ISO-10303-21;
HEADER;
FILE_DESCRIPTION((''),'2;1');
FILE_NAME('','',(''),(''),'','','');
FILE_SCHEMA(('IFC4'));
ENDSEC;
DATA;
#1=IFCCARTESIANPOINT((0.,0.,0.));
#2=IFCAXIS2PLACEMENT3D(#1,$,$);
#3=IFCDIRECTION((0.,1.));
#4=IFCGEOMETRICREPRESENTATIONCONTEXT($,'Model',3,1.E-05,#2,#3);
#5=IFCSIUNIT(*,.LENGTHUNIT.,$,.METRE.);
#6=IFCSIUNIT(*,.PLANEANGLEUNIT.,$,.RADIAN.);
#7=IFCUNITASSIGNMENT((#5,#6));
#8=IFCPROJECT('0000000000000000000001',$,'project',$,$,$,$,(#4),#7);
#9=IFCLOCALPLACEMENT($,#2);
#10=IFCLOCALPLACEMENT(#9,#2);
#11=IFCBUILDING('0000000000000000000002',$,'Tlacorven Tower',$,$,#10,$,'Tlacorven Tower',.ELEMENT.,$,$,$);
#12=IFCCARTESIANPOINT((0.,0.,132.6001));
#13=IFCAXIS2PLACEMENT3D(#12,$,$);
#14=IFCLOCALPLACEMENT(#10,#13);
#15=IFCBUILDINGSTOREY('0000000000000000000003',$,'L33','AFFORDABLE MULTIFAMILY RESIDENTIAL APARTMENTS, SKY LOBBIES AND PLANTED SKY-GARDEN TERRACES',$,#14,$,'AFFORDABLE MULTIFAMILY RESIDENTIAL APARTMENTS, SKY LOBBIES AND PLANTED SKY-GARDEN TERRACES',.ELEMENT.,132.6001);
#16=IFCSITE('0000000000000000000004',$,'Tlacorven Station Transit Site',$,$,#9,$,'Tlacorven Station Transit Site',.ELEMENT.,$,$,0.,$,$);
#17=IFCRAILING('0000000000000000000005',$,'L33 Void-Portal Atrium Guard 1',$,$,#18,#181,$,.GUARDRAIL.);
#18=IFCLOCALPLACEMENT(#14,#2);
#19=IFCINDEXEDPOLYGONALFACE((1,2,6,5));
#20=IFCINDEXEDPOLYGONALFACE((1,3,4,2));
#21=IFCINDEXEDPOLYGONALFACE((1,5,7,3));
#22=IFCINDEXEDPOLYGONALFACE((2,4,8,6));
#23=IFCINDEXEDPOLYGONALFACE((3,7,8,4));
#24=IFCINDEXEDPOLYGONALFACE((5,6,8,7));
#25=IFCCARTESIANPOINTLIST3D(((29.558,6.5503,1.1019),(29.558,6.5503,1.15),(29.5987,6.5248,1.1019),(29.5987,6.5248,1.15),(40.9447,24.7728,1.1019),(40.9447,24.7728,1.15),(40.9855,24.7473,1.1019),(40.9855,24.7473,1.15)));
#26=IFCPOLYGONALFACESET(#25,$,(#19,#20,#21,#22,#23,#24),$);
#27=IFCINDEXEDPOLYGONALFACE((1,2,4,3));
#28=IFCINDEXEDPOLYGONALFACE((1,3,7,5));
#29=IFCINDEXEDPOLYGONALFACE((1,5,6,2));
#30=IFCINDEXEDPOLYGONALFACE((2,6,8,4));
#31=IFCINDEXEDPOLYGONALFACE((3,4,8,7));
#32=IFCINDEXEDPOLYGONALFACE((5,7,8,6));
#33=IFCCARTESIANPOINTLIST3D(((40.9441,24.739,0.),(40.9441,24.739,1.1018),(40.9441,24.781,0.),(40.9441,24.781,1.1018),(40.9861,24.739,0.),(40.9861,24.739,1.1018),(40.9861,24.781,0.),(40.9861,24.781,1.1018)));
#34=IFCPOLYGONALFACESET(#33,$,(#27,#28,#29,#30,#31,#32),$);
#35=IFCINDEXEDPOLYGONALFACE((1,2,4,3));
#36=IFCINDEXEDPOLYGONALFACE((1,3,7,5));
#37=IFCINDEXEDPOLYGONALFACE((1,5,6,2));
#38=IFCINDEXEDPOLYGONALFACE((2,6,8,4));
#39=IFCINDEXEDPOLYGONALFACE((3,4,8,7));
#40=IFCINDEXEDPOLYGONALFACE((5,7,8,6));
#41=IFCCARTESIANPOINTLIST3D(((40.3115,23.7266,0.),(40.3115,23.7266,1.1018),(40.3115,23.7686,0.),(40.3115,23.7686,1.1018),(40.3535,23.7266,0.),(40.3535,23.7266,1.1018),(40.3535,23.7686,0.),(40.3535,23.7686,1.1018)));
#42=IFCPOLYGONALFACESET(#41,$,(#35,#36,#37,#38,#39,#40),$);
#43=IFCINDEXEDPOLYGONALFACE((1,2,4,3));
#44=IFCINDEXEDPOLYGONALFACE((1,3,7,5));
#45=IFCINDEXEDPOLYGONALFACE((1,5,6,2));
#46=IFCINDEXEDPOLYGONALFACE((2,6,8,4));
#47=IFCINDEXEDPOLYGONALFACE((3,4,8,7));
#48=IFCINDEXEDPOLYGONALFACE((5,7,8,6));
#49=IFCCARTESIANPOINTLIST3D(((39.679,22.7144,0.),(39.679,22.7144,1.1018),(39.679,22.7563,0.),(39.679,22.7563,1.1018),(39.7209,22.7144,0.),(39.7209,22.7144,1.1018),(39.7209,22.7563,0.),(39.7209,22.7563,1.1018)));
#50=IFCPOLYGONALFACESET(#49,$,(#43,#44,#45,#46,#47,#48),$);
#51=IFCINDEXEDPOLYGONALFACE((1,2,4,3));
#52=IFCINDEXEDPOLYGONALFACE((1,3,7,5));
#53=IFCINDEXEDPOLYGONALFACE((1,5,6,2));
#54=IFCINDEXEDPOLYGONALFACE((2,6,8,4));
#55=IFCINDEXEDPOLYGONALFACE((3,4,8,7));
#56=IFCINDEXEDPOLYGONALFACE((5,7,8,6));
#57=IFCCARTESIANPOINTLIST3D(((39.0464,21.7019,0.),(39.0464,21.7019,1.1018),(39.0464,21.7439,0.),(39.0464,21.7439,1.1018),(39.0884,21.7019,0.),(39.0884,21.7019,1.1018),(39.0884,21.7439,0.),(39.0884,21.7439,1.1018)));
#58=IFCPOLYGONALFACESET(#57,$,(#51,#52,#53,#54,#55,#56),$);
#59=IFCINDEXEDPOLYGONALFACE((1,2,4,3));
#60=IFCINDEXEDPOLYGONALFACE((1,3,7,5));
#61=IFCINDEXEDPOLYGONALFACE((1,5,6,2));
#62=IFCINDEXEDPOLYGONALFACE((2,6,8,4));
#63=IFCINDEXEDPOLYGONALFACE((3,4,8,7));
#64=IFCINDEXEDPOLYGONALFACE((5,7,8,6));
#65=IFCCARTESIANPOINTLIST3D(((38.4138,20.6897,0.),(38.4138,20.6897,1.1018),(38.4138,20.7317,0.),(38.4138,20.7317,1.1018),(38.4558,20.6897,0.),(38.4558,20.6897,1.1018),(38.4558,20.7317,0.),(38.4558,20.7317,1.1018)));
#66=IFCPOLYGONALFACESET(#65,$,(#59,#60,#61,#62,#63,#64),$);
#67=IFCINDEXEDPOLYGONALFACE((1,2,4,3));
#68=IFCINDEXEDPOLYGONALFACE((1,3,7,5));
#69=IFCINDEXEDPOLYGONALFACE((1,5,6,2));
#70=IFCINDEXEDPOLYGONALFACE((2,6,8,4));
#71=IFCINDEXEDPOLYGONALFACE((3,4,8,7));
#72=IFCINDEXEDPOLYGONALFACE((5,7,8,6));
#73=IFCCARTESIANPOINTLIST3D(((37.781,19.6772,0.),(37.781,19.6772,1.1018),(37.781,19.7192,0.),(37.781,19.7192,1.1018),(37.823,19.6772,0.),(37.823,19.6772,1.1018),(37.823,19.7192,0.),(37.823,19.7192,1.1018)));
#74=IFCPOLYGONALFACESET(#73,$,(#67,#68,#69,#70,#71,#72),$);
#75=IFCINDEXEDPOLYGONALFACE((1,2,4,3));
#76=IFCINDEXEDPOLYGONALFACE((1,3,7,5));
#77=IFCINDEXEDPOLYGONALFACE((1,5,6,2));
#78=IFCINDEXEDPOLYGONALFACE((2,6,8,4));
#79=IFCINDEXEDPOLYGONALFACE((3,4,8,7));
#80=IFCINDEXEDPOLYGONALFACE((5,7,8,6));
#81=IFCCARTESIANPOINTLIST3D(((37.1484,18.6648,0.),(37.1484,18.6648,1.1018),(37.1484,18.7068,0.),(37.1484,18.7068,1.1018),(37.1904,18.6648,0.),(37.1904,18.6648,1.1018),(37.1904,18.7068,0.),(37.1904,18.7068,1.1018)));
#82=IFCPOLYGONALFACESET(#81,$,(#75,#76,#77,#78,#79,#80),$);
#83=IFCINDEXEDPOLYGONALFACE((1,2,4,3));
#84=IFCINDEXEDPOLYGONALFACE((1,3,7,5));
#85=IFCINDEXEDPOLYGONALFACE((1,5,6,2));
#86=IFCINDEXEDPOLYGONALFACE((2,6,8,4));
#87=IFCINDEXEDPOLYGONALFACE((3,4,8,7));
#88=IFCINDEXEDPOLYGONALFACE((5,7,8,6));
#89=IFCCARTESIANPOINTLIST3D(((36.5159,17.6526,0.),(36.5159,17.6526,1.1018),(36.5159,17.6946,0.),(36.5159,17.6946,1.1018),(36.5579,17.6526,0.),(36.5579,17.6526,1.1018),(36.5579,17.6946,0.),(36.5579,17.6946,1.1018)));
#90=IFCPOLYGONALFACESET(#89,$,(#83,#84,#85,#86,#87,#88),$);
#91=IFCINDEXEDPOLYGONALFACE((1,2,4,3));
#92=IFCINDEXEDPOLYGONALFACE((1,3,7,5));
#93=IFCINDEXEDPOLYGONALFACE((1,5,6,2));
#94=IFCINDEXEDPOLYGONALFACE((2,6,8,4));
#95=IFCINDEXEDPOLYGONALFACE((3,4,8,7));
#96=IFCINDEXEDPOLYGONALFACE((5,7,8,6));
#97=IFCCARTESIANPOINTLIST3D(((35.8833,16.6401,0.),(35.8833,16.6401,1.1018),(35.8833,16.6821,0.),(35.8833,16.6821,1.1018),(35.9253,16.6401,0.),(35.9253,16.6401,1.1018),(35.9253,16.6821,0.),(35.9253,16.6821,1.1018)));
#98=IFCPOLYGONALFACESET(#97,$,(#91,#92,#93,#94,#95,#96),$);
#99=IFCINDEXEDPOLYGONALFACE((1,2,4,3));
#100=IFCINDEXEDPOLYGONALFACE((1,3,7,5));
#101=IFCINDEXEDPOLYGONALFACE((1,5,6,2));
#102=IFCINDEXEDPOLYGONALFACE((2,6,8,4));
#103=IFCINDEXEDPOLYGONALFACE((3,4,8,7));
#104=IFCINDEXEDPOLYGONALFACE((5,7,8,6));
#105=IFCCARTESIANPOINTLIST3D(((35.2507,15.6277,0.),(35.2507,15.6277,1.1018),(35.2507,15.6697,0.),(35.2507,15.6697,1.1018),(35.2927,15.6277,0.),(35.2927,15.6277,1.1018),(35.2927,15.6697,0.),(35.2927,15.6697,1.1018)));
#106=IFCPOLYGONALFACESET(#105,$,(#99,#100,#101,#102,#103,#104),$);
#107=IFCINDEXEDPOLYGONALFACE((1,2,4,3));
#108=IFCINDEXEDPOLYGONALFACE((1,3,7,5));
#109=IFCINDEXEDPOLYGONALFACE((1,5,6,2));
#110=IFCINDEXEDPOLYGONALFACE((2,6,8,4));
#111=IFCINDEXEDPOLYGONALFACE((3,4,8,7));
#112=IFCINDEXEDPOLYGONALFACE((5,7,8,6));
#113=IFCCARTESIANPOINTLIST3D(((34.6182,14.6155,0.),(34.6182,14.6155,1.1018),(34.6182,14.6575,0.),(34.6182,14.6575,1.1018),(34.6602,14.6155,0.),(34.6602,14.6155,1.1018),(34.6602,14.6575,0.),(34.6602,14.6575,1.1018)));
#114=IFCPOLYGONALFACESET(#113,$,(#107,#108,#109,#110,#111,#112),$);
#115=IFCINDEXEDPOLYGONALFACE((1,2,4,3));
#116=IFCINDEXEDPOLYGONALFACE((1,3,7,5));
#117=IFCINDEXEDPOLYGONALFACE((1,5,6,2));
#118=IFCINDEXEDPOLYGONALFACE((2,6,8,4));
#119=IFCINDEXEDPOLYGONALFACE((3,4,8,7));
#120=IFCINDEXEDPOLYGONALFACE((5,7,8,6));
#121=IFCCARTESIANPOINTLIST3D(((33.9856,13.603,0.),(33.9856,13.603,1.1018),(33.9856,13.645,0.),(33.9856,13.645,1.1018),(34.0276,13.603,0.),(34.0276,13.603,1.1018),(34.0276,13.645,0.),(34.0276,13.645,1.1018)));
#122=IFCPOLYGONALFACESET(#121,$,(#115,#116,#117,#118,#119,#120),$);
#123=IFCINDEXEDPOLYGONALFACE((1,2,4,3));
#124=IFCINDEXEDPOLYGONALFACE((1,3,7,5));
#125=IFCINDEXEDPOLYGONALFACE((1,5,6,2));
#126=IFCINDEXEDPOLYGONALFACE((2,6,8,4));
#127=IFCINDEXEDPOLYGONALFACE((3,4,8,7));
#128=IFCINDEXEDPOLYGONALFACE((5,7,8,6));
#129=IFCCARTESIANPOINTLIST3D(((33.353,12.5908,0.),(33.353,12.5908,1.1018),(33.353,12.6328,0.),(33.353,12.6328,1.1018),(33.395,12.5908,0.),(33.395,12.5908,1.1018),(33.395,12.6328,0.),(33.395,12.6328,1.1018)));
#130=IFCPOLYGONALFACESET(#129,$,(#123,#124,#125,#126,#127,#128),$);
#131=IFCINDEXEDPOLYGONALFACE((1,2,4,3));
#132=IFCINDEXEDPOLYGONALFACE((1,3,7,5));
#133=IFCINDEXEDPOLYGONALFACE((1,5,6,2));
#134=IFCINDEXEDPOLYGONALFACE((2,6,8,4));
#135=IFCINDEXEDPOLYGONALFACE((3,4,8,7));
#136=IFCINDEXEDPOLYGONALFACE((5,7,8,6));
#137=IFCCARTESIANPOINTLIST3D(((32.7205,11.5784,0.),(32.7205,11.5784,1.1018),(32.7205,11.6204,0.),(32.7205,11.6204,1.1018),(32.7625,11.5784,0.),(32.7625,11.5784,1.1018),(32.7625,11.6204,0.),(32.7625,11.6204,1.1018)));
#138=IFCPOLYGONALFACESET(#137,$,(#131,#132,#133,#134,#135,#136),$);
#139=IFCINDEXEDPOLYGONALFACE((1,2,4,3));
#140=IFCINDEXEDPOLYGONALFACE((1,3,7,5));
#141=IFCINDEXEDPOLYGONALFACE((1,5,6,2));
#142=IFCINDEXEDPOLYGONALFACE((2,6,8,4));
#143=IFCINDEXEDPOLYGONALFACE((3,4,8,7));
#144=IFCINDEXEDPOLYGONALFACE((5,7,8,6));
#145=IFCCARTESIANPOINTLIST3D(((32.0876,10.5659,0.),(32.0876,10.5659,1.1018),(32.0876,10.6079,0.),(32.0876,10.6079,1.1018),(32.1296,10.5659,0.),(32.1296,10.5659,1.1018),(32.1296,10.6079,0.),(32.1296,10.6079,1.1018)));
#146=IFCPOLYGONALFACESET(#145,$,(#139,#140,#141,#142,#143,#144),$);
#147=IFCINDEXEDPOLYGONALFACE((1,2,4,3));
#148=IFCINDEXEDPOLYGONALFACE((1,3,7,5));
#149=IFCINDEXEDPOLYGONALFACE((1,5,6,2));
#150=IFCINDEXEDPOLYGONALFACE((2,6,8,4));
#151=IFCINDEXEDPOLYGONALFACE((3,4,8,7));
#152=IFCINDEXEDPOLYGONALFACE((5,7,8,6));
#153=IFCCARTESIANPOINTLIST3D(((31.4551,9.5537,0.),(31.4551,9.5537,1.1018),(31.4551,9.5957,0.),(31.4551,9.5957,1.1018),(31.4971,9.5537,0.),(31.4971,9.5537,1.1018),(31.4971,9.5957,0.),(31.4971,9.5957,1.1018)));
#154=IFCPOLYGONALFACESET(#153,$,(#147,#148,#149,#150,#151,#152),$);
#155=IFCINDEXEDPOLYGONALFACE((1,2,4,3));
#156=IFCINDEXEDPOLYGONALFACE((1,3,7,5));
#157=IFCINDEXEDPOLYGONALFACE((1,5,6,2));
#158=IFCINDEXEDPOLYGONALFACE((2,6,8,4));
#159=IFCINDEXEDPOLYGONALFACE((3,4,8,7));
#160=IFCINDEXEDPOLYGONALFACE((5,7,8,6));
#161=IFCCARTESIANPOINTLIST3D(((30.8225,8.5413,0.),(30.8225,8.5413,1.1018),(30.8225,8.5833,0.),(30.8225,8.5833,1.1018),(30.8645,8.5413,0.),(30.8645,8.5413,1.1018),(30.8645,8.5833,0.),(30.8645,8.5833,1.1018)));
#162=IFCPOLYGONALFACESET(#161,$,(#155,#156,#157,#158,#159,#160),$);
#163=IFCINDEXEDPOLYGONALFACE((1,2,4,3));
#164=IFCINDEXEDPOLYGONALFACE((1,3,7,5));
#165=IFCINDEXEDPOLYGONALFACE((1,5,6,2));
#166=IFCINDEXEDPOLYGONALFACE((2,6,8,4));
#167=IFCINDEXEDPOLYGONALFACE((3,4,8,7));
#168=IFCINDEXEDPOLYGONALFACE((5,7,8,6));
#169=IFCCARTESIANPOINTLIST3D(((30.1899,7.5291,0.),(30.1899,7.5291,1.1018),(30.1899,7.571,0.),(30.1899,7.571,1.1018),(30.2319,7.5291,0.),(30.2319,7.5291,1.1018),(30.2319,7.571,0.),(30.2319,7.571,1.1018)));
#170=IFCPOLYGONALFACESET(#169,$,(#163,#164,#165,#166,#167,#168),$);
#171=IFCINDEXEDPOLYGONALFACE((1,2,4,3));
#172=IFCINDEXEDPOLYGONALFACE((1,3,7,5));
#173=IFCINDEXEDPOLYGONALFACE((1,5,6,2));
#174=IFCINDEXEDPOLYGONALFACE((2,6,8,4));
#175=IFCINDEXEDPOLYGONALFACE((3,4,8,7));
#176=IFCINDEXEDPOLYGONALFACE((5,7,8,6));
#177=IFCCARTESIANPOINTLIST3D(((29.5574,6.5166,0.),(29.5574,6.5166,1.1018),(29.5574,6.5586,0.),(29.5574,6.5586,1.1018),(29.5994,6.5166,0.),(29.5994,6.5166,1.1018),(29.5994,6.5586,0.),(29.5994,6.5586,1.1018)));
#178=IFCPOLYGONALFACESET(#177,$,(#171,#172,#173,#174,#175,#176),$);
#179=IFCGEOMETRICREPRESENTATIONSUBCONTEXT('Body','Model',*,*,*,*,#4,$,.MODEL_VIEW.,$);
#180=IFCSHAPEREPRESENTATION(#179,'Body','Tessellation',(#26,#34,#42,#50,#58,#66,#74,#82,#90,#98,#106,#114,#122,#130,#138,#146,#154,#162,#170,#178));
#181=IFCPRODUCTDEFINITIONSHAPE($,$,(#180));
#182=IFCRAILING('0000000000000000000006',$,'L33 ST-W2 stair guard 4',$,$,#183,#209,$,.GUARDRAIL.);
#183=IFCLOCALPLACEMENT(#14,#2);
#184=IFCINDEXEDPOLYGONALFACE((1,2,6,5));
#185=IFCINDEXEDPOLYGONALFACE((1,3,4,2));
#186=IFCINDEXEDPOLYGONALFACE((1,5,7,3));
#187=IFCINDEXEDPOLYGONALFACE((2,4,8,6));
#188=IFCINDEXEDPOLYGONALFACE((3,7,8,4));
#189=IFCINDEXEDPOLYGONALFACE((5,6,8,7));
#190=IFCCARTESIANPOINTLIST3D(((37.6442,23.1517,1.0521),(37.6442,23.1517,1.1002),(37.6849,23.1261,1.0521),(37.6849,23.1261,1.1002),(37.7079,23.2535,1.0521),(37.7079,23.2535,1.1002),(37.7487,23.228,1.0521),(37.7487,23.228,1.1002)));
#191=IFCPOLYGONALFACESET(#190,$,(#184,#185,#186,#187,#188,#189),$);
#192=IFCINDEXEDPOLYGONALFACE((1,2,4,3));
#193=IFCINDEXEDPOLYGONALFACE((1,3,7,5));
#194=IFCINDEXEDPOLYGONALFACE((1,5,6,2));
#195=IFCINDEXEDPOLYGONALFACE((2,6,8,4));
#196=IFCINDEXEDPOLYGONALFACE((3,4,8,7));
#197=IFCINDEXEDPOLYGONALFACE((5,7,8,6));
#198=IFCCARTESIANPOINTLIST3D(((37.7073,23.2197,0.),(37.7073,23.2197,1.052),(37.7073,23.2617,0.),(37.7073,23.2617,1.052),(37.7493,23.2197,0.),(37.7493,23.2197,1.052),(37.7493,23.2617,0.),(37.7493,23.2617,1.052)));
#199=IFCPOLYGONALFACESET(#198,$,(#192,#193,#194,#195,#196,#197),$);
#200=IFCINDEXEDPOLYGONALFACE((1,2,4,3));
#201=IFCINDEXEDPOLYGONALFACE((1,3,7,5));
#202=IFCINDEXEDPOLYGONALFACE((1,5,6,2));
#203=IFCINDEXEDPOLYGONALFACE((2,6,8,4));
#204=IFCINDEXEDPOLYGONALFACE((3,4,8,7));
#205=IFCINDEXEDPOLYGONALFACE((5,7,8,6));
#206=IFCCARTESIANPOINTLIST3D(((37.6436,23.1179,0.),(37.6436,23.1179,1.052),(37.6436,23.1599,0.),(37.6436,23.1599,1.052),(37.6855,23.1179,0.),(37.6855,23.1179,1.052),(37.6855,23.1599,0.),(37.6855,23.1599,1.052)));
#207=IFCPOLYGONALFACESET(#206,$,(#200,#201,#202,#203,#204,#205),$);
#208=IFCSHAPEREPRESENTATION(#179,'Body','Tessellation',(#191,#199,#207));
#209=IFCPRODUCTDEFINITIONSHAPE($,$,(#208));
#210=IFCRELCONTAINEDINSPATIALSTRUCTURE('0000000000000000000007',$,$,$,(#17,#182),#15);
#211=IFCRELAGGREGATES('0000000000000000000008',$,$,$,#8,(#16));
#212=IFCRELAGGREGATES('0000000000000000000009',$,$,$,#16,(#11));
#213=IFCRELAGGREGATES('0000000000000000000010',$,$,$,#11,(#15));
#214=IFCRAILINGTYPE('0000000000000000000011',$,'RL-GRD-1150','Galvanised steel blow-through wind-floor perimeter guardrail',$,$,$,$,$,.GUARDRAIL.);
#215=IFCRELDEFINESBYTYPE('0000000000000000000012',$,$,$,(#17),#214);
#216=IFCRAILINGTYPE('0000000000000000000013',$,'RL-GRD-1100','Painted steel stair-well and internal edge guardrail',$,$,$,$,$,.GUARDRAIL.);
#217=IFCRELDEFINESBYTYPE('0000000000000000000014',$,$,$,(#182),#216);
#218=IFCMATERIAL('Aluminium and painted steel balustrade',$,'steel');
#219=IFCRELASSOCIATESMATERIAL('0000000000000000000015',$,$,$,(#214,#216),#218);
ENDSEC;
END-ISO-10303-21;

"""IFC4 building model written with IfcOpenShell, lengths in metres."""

from ifc_helpers import new_model, si_unit, direction, frame, origin, origin_2d, place, context, subcontext, project, spatial, rectangle, extrude, source, transform, mapped, material, type_object, element, save


model = new_model("IFC4")

# Units and contexts
model_context = context("Model", 3, precision=1e-05, world=origin(), true_north=direction((0.0, 1.0)))
body_context = subcontext(model_context, "Body", "Model", "MODEL_VIEW")
ifc_project = project(units=[si_unit("LENGTHUNIT", "METRE"), si_unit("PLANEANGLEUNIT", "RADIAN")], contexts=[model_context])

# Site, building, storey
site_placement = place(None, origin())
site = spatial("IfcSite", under=ifc_project, at=site_placement, Name="Tlacorven Station Transit Site", LongName="Tlacorven Station Transit Site", CompositionType="ELEMENT", RefElevation=0.0)
building_placement = place(site_placement, origin())
building = spatial("IfcBuilding", under=site, at=building_placement, Name="Tlacorven Tower", LongName="Tlacorven Tower", CompositionType="ELEMENT")
storey_placement = place(building_placement, frame((0.0, 0.0, 132.6001)))
storey = spatial("IfcBuildingStorey", under=building, at=storey_placement, Name="L33", Description="AFFORDABLE MULTIFAMILY RESIDENTIAL APARTMENTS, SKY LOBBIES AND PLANTED SKY-GARDEN TERRACES", LongName="AFFORDABLE MULTIFAMILY RESIDENTIAL APARTMENTS, SKY LOBBIES AND PLANTED SKY-GARDEN TERRACES", CompositionType="ELEMENT", Elevation=132.6001)

# Railings
ifc_material_1 = material(Name="Aluminium and painted steel balustrade", Category="steel")
railing_type_1 = type_object("IfcRailingType", Name="RL-GRD-1150", Description="Galvanised steel blow-through wind-floor perimeter guardrail", PredefinedType="GUARDRAIL", material=ifc_material_1)
shared_shape_1 = source(origin(), body_context, "Body", "SweptSolid", [
    extrude(rectangle(XDim=0.0481, YDim=0.0481, at=origin_2d()), frame((0.0, 0.0, 1.126), z_axis=(-0.529922, -0.848046, 0.0), x_axis=(0.848046, -0.529922, 0.0)), (0.0, 0.0, 1.0), 21.4875),
    extrude(rectangle(XDim=0.042, YDim=0.042, at=origin_2d()), origin(), (0.0, 0.0, 1.0), 1.1018),
    extrude(rectangle(XDim=0.042, YDim=0.042, at=origin_2d()), frame((-0.6326, -1.0125, 0.0)), (0.0, 0.0, 1.0), 1.1018),
    extrude(rectangle(XDim=0.042, YDim=0.042, at=origin_2d()), frame((-1.2651, -2.0247, 0.0)), (0.0, 0.0, 1.0), 1.1018),
    extrude(rectangle(XDim=0.042, YDim=0.042, at=origin_2d()), frame((-1.8977, -3.0371, 0.0)), (0.0, 0.0, 1.0), 1.1018),
    extrude(rectangle(XDim=0.042, YDim=0.042, at=origin_2d()), frame((-2.5303, -4.0493, 0.0)), (0.0, 0.0, 1.0), 1.1018),
    extrude(rectangle(XDim=0.042, YDim=0.042, at=origin_2d()), frame((-3.1631, -5.0618, 0.0)), (0.0, 0.0, 1.0), 1.1018),
    extrude(rectangle(XDim=0.042, YDim=0.042, at=origin_2d()), frame((-3.7957, -6.0742, 0.0)), (0.0, 0.0, 1.0), 1.1018),
    extrude(rectangle(XDim=0.042, YDim=0.042, at=origin_2d()), frame((-4.4282, -7.0864, 0.0)), (0.0, 0.0, 1.0), 1.1018),
    extrude(rectangle(XDim=0.042, YDim=0.042, at=origin_2d()), frame((-5.0608, -8.0989, 0.0)), (0.0, 0.0, 1.0), 1.1018),
    extrude(rectangle(XDim=0.042, YDim=0.042, at=origin_2d()), frame((-5.6934, -9.1113, 0.0)), (0.0, 0.0, 1.0), 1.1018),
    extrude(rectangle(XDim=0.042, YDim=0.042, at=origin_2d()), frame((-6.3259, -10.1235, 0.0)), (0.0, 0.0, 1.0), 1.1018),
    extrude(rectangle(XDim=0.042, YDim=0.042, at=origin_2d()), frame((-6.9585, -11.136, 0.0)), (0.0, 0.0, 1.0), 1.1018),
    extrude(rectangle(XDim=0.042, YDim=0.042, at=origin_2d()), frame((-7.5911, -12.1482, 0.0)), (0.0, 0.0, 1.0), 1.1018),
    extrude(rectangle(XDim=0.042, YDim=0.042, at=origin_2d()), frame((-8.2236, -13.1606, 0.0)), (0.0, 0.0, 1.0), 1.1018),
    extrude(rectangle(XDim=0.042, YDim=0.042, at=origin_2d()), frame((-8.8564, -14.1731, 0.0)), (0.0, 0.0, 1.0), 1.1018),
    extrude(rectangle(XDim=0.042, YDim=0.042, at=origin_2d()), frame((-9.489, -15.1853, 0.0)), (0.0, 0.0, 1.0), 1.1018),
    extrude(rectangle(XDim=0.042, YDim=0.042, at=origin_2d()), frame((-10.1216, -16.1978, 0.0)), (0.0, 0.0, 1.0), 1.1018),
    extrude(rectangle(XDim=0.042, YDim=0.042, at=origin_2d()), frame((-10.7542, -17.21, 0.0)), (0.0, 0.0, 1.0), 1.1018),
    extrude(rectangle(XDim=0.042, YDim=0.042, at=origin_2d()), frame((-11.3867, -18.2224, 0.0)), (0.0, 0.0, 1.0), 1.1018),
])
railing_1_placement = place(storey_placement, frame((40.9651, 24.76, 0.0)))
element("IfcRailing", 1, at=railing_1_placement, inside=storey, type_object=railing_type_1, Name="L33 Void-Portal Atrium Guard 1", PredefinedType="GUARDRAIL", context=body_context, shape_type="MappedRepresentation", body=[
    mapped(shared_shape_1, transform((0.0, 0.0, 0.0), scale=1.0)),
])
railing_type_2 = type_object("IfcRailingType", Name="RL-GRD-1100", Description="Painted steel stair-well and internal edge guardrail", PredefinedType="GUARDRAIL", material=ifc_material_1)
shared_shape_2 = source(origin(), body_context, "Body", "SweptSolid", [
    extrude(rectangle(XDim=0.0481, YDim=0.0481, at=origin_2d()), frame((0.0, 0.0, 1.0762), z_axis=(-0.530547, -0.847656, 0.0), x_axis=(0.847656, -0.530547, 0.0)), (0.0, 0.0, 1.0), 0.1201),
    extrude(rectangle(XDim=0.042, YDim=0.042, at=origin_2d()), origin(), (0.0, 0.0, 1.0), 1.052),
    extrude(rectangle(XDim=0.042, YDim=0.042, at=origin_2d()), frame((-0.0637, -0.1018, 0.0)), (0.0, 0.0, 1.0), 1.052),
])
railing_2_placement = place(storey_placement, frame((37.7283, 23.2407, 0.0)))
element("IfcRailing", 2, at=railing_2_placement, inside=storey, type_object=railing_type_2, Name="L33 ST-W2 stair guard 4", PredefinedType="GUARDRAIL", context=body_context, shape_type="MappedRepresentation", body=[
    mapped(shared_shape_2, transform((0.0, 0.0, 0.0), scale=1.0)),
])

save(model, "model.ifc")
